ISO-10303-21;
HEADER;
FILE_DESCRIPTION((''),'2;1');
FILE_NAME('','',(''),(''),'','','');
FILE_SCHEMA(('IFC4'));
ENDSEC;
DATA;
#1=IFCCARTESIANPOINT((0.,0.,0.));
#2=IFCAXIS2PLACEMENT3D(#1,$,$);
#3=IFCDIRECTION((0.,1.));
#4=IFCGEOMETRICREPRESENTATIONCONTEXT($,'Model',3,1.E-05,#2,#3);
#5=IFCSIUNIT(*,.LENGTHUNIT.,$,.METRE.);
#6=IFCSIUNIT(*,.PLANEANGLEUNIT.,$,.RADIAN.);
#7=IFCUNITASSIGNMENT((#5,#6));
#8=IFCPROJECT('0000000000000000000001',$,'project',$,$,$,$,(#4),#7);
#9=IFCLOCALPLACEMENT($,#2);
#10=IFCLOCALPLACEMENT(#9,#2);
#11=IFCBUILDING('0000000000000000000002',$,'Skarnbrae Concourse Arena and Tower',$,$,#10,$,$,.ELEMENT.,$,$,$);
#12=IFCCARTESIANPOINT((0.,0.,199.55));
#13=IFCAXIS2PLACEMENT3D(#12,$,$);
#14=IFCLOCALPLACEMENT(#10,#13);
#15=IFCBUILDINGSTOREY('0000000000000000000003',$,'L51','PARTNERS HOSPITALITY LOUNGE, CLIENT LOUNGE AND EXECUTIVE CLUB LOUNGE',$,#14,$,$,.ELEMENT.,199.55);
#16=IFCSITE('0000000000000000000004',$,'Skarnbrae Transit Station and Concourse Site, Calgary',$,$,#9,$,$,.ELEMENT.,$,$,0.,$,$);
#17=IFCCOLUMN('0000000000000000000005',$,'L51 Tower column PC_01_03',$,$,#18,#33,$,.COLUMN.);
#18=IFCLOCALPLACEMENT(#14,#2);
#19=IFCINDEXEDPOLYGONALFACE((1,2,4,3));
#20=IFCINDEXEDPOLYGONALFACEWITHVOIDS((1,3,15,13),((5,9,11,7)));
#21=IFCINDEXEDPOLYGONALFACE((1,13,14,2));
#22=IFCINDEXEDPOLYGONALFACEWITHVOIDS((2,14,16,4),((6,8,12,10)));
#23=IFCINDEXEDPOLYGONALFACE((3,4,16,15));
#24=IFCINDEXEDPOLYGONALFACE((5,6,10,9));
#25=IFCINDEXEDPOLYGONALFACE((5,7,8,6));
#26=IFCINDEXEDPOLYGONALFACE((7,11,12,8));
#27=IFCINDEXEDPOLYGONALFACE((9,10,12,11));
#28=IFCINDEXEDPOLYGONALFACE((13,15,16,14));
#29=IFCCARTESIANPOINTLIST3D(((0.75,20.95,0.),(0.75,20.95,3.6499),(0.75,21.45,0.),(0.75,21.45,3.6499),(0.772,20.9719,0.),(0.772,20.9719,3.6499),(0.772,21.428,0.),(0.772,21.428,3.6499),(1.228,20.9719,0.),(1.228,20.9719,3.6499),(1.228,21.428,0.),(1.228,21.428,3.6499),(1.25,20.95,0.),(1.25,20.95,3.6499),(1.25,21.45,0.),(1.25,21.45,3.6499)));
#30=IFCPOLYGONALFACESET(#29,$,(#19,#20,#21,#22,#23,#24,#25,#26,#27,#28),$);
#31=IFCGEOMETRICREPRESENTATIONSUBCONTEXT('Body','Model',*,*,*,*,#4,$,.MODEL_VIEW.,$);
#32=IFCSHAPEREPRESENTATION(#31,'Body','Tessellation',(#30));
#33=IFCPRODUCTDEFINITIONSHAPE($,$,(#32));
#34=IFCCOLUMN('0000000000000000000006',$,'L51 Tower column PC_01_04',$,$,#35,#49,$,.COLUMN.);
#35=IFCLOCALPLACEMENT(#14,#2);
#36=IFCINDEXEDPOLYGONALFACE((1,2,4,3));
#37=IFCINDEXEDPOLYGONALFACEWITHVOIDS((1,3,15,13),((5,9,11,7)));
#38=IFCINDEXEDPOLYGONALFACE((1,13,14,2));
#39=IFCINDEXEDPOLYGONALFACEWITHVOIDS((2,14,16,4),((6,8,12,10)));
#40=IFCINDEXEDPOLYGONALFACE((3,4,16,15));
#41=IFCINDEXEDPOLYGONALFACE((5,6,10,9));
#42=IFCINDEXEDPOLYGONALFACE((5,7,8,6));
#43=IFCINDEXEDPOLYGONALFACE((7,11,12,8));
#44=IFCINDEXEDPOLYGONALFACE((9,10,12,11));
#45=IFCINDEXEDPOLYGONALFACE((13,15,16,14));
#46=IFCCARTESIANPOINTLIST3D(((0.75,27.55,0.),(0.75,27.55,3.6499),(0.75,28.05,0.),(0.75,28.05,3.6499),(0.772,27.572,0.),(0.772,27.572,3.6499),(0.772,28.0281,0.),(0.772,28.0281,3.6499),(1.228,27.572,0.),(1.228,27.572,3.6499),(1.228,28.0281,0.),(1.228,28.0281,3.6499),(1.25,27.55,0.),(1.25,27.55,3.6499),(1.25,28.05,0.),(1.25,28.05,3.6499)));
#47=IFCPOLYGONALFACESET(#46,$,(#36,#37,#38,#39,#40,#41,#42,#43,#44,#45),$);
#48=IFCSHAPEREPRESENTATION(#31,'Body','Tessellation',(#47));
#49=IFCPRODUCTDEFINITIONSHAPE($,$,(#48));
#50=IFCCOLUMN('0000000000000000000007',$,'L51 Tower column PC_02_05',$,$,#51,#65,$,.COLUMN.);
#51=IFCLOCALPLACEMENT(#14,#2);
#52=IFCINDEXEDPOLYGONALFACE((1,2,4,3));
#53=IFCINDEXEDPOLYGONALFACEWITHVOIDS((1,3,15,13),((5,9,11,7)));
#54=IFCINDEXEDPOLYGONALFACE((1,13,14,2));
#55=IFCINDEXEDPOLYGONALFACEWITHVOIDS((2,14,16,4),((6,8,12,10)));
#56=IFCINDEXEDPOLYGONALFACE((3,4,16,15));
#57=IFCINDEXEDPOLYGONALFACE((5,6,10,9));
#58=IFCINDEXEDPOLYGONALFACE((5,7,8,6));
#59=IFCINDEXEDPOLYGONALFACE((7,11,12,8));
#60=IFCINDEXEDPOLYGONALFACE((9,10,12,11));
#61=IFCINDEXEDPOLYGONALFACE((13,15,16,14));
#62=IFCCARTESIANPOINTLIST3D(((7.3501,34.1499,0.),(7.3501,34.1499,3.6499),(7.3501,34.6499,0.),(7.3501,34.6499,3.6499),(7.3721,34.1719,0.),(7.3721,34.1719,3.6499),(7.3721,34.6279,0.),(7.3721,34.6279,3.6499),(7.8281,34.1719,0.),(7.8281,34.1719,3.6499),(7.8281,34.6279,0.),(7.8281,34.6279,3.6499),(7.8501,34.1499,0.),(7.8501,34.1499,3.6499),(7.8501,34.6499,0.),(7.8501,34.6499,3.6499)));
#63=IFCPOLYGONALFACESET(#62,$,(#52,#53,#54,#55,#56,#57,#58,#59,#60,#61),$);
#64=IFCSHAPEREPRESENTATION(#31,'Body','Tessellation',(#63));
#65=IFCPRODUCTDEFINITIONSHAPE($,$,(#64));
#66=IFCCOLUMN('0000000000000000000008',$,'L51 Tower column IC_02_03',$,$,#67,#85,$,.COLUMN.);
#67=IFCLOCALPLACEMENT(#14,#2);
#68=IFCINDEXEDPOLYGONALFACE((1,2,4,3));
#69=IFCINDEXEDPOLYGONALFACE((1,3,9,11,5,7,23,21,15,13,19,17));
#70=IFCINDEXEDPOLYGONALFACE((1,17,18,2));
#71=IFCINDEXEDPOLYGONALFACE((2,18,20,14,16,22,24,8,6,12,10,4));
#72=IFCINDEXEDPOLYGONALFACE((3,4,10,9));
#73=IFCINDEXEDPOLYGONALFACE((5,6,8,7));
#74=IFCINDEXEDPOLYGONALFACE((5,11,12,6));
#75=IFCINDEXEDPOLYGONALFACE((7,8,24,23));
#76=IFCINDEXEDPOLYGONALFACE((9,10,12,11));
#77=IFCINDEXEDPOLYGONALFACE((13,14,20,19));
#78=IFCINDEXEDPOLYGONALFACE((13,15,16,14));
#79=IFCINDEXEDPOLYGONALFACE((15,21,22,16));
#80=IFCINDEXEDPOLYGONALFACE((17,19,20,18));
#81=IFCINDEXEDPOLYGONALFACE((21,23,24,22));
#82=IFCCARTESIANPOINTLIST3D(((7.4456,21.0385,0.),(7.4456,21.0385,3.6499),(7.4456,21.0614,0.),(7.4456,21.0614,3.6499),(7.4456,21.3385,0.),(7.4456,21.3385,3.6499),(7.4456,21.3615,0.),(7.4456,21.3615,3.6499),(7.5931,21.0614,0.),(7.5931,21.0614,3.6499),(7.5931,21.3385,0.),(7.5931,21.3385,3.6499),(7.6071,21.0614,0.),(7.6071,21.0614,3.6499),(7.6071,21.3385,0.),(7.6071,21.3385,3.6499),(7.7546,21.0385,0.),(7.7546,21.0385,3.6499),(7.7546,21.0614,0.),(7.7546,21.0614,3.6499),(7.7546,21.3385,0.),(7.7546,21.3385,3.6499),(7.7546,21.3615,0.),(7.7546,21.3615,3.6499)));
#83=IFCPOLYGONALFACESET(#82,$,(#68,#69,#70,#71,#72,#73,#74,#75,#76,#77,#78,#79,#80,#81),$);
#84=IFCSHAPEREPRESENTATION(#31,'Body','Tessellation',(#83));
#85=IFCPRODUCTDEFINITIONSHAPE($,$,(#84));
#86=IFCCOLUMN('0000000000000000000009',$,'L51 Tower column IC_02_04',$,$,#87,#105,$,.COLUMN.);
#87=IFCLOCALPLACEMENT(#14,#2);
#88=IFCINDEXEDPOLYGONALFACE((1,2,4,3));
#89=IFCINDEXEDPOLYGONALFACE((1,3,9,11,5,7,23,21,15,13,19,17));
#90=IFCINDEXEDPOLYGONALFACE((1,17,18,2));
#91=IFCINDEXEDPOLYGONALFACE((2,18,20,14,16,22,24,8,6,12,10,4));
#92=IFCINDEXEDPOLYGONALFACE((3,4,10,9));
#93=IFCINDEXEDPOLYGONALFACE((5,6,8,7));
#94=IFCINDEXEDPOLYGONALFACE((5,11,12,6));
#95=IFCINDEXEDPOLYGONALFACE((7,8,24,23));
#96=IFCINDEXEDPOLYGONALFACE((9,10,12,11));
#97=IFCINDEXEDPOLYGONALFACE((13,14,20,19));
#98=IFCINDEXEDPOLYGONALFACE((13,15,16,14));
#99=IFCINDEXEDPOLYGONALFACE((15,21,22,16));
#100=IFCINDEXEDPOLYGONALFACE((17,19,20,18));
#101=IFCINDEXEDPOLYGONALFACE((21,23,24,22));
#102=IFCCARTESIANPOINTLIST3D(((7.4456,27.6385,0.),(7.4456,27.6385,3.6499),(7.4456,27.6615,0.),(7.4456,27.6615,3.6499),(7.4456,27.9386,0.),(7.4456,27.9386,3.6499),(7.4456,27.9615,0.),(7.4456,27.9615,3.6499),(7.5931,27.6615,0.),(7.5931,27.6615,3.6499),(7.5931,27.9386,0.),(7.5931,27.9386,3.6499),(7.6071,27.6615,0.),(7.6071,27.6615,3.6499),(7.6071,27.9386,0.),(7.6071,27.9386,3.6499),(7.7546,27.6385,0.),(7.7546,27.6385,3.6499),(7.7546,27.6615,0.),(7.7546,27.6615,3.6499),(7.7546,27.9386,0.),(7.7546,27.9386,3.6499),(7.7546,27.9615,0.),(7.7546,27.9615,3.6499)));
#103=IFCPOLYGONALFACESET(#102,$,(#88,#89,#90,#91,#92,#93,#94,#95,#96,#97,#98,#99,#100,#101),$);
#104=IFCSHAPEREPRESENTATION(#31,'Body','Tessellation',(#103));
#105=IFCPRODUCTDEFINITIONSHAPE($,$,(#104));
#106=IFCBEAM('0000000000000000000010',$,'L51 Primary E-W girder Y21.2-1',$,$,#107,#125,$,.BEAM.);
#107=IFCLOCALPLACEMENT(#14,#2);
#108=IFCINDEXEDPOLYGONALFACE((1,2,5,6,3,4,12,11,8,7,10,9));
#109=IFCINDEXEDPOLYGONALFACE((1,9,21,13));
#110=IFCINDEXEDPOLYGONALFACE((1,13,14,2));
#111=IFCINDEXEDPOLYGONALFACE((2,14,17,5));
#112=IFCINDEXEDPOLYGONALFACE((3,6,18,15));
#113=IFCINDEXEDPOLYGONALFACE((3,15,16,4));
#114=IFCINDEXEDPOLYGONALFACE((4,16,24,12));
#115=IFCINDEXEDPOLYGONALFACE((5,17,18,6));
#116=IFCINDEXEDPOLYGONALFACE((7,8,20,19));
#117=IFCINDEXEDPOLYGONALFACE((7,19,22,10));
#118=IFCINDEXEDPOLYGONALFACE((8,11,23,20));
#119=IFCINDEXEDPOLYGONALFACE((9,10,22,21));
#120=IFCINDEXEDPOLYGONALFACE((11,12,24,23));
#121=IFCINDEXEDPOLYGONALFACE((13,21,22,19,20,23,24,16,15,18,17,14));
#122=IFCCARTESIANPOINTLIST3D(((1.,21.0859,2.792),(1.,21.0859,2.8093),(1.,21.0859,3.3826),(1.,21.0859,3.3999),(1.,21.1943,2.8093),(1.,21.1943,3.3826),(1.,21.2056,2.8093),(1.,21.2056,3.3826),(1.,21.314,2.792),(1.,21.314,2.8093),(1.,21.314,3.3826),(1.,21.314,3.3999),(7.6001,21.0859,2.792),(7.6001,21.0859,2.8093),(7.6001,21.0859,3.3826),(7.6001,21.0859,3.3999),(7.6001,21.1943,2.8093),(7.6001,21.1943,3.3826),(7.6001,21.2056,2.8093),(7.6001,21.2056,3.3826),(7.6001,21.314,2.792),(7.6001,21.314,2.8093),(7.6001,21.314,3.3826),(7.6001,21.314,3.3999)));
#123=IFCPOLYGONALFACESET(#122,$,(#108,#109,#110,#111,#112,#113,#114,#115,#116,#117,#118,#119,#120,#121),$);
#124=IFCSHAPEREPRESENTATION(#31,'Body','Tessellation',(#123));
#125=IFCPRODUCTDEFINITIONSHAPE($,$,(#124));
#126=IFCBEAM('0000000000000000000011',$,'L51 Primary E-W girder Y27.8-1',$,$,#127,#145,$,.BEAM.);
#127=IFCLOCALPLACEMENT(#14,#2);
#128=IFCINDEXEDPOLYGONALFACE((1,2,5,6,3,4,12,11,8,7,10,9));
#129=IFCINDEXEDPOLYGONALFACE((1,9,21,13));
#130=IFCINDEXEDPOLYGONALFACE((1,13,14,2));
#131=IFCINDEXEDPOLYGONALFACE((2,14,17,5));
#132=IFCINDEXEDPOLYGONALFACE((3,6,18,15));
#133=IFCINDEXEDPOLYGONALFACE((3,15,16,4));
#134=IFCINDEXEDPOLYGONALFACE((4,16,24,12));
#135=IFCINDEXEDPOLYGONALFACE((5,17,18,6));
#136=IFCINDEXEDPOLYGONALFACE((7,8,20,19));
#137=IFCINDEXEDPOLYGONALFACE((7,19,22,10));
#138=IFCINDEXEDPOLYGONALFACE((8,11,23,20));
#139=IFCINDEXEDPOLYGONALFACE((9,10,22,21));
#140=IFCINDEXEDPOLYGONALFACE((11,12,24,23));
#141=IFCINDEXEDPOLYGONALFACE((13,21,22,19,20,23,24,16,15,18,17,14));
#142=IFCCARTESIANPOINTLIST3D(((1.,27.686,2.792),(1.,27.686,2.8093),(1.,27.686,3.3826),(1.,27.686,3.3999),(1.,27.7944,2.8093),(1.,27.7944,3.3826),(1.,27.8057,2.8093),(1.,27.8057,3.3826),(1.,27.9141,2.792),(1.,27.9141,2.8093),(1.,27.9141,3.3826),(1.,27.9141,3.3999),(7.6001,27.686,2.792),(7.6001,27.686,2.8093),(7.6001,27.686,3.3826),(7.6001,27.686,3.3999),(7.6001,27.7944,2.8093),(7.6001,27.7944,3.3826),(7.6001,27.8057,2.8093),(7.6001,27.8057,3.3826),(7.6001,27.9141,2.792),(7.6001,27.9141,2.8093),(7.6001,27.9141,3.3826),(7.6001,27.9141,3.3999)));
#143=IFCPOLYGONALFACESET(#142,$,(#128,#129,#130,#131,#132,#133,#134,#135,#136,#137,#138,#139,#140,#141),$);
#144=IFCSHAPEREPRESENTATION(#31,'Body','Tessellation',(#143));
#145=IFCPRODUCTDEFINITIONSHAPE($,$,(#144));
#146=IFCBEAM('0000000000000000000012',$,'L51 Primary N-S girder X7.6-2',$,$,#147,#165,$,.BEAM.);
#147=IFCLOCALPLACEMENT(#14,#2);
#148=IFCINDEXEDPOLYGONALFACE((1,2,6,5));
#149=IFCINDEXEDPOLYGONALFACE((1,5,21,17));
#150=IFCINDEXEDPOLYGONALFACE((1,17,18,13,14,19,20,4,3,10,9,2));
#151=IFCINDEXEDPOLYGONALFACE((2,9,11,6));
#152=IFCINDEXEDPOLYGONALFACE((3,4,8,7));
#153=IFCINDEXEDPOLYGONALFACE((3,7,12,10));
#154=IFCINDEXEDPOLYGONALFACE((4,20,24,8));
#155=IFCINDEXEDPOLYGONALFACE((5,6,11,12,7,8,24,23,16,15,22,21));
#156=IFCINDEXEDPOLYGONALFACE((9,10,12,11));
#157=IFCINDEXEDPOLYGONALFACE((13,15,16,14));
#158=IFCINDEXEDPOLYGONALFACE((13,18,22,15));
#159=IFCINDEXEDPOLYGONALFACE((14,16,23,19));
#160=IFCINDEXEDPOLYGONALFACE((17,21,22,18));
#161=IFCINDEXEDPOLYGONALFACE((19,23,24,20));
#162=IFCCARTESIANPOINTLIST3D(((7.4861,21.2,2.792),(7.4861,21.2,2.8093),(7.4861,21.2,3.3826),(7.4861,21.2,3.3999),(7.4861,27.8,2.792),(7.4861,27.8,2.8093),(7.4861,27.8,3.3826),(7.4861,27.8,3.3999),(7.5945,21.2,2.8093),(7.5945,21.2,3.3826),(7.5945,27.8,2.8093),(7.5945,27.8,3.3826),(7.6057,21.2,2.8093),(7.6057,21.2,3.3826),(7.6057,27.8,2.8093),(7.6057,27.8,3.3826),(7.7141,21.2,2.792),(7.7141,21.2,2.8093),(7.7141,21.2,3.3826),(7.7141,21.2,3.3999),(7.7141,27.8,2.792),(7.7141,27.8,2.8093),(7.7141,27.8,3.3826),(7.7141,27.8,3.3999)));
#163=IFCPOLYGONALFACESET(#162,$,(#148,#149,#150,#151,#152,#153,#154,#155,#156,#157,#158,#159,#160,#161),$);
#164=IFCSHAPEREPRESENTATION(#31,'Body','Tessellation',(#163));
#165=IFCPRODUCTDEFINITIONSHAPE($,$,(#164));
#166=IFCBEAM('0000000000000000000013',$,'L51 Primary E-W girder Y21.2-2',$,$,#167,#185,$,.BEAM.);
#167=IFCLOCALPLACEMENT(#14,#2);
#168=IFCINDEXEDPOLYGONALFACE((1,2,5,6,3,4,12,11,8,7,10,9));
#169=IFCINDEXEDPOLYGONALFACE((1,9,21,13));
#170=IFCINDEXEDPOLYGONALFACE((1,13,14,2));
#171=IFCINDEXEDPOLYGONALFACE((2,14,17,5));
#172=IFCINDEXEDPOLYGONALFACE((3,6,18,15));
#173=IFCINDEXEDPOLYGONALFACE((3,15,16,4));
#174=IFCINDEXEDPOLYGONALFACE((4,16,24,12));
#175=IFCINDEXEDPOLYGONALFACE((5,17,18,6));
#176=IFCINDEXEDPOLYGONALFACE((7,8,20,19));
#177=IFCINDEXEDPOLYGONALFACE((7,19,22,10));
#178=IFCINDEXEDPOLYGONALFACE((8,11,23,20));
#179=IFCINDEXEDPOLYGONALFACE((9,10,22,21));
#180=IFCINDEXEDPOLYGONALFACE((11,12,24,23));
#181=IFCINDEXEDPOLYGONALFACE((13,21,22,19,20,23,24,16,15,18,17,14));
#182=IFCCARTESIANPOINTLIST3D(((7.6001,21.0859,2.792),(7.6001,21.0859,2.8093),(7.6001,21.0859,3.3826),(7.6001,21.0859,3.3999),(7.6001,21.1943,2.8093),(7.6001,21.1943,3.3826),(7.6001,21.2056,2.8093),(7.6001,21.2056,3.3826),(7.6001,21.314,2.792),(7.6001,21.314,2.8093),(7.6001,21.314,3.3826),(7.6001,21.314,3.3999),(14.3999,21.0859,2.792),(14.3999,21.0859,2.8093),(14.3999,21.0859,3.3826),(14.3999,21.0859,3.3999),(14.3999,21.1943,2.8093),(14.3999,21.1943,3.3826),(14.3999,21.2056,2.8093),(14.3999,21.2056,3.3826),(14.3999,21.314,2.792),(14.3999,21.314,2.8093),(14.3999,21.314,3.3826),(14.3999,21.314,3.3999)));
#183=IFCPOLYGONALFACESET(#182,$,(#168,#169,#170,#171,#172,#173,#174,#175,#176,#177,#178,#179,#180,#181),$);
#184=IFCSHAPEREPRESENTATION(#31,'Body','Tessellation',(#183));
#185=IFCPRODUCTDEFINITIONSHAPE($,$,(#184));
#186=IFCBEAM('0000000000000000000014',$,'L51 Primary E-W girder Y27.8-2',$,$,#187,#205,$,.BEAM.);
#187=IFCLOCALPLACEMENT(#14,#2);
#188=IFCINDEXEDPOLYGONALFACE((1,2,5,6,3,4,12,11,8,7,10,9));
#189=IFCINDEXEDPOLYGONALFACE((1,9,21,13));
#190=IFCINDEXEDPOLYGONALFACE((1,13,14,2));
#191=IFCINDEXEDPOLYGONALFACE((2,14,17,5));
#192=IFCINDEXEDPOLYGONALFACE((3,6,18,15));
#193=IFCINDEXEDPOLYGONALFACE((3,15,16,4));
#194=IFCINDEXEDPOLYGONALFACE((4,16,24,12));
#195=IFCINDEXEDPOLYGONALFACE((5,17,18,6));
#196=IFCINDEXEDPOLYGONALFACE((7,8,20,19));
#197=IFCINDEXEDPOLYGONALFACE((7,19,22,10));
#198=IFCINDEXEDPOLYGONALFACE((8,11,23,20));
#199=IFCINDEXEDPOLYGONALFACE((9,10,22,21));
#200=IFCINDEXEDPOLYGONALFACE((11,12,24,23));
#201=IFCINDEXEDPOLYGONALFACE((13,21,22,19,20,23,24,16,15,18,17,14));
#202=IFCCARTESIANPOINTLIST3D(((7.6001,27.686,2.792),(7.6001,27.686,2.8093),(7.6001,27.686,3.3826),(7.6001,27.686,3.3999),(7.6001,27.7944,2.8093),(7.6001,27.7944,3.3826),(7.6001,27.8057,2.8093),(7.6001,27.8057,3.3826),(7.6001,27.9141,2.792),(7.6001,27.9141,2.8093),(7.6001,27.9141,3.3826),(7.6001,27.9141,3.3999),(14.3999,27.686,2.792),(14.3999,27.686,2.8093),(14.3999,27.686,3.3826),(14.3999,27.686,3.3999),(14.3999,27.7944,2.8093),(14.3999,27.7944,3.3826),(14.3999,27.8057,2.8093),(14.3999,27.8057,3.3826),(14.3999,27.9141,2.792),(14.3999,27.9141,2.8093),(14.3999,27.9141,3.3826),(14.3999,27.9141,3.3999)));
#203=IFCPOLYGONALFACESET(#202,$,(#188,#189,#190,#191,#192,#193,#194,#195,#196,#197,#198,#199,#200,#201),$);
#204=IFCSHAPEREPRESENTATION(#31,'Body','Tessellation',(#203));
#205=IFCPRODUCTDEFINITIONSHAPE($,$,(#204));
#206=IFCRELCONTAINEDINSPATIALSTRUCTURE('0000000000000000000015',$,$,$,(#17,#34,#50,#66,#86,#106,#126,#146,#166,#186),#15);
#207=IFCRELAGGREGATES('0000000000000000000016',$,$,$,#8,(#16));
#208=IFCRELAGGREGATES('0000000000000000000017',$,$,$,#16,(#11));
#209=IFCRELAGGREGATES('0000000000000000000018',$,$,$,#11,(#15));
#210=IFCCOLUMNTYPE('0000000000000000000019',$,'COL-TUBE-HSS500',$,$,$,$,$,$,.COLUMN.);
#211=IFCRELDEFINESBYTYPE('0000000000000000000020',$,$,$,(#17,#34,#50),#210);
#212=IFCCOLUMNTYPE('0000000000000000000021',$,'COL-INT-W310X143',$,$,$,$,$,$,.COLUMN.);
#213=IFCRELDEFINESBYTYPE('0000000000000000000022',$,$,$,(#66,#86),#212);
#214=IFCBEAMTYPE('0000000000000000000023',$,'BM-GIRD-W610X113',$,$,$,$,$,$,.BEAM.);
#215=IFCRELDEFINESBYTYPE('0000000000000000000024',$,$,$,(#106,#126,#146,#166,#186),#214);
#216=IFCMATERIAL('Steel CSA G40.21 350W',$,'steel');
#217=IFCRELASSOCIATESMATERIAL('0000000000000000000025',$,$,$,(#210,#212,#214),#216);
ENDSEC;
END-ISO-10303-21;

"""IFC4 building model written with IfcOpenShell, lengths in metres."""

from ifc_helpers import new_model, si_unit, direction, frame, origin, origin_2d, place, context, subcontext, project, spatial, hollow_rectangle, i_section, extrude, source, transform, mapped, material, material_profile, profile_set, type_object, element, save


model = new_model("IFC4")

# Units and contexts
model_context = context("Model", 3, precision=1e-05, world=origin(), true_north=direction((0.0, 1.0)))
body_context = subcontext(model_context, "Body", "Model", "MODEL_VIEW")
ifc_project = project(units=[si_unit("LENGTHUNIT", "METRE"), si_unit("PLANEANGLEUNIT", "RADIAN")], contexts=[model_context])

# Site, building, storey
site_placement = place(None, origin())
site = spatial("IfcSite", under=ifc_project, at=site_placement, Name="Skarnbrae Transit Station and Concourse Site, Calgary", CompositionType="ELEMENT", RefElevation=0.0)
building_placement = place(site_placement, origin())
building = spatial("IfcBuilding", under=site, at=building_placement, Name="Skarnbrae Concourse Arena and Tower", CompositionType="ELEMENT")
storey_placement = place(building_placement, frame((0.0, 0.0, 199.55)))
storey = spatial("IfcBuildingStorey", under=building, at=storey_placement, Name="L51", Description="PARTNERS HOSPITALITY LOUNGE, CLIENT LOUNGE AND EXECUTIVE CLUB LOUNGE", CompositionType="ELEMENT", Elevation=199.55)

# Columns
ifc_material_1 = material(Name="Steel CSA G40.21 350W", Category="steel")
ifc_material_profile_1 = material_profile(ifc_material_1, hollow_rectangle(XDim=0.5, YDim=0.5, WallThickness=0.022, at=origin_2d()), Name="HSS500X500X22.0")
ifc_profile_set_1 = profile_set([ifc_material_profile_1], Name="Steel CSA G40.21 350W")
column_type_1 = type_object("IfcColumnType", Name="COL-TUBE-HSS500", PredefinedType="COLUMN", material=ifc_profile_set_1)
shared_shape_1 = source(origin(), body_context, "Body", "SweptSolid", [
    extrude(hollow_rectangle(XDim=0.5, YDim=0.5, WallThickness=0.022, at=origin_2d()), origin(), (0.0, 0.0, 1.0), 3.6499),
])
for number, where, z_axis, x_axis, name in (
    (1, (1.0, 21.2, 0.0), (0.0, 0.0, 1.0), (1.0, 0.0, 0.0), "L51 Tower column PC_01_03"),
    (2, (1.0, 27.8, 0.0), (0.0, 0.0, 1.0), (1.0, 0.0, 0.0), "L51 Tower column PC_01_04"),
    (3, (7.6001, 34.3999, 0.0), (0.0, 0.0, 1.0), (1.0, 0.0, 0.0), "L51 Tower column PC_02_05"),
):
    element("IfcColumn", number, at=place(storey_placement, frame(where, z_axis=z_axis, x_axis=x_axis)), inside=storey, type_object=column_type_1, Name=name, PredefinedType="COLUMN", context=body_context, shape_type="MappedRepresentation", body=[
        mapped(shared_shape_1, transform((0.0, 0.0, 0.0))),
    ])
ifc_material_profile_2 = material_profile(ifc_material_1, i_section(OverallWidth=0.3091, OverallDepth=0.323, WebThickness=0.0139, FlangeThickness=0.0229, at=origin_2d()), Name="W310X143")
ifc_profile_set_2 = profile_set([ifc_material_profile_2], Name="Steel CSA G40.21 350W")
column_type_2 = type_object("IfcColumnType", Name="COL-INT-W310X143", PredefinedType="COLUMN", material=ifc_profile_set_2)
shared_shape_2 = source(origin(), body_context, "Body", "SweptSolid", [
    extrude(i_section(OverallWidth=0.3091, OverallDepth=0.323, WebThickness=0.0139, FlangeThickness=0.0229, at=origin_2d()), origin(), (0.0, 0.0, 1.0), 3.6499),
])
for number, where, z_axis, x_axis, name in (
    (4, (7.6001, 21.2, 0.0), (0.0, 0.0, 1.0), (1.0, 0.0, 0.0), "L51 Tower column IC_02_03"),
    (5, (7.6001, 27.8, 0.0), (0.0, 0.0, 1.0), (1.0, 0.0, 0.0), "L51 Tower column IC_02_04"),
):
    element("IfcColumn", number, at=place(storey_placement, frame(where, z_axis=z_axis, x_axis=x_axis)), inside=storey, type_object=column_type_2, Name=name, PredefinedType="COLUMN", context=body_context, shape_type="MappedRepresentation", body=[
        mapped(shared_shape_2, transform((0.0, 0.0, 0.0))),
    ])

# Beams
ifc_material_profile_3 = material_profile(ifc_material_1, i_section(OverallWidth=0.228, OverallDepth=0.6079, WebThickness=0.0112, FlangeThickness=0.0173, at=origin_2d()), Name="W610X113")
ifc_profile_set_3 = profile_set([ifc_material_profile_3], Name="Steel CSA G40.21 350W")
beam_type_1 = type_object("IfcBeamType", Name="BM-GIRD-W610X113", PredefinedType="BEAM", material=ifc_profile_set_3)
shared_shape_3 = source(origin(), body_context, "Body", "SweptSolid", [
    extrude(i_section(OverallWidth=0.228, OverallDepth=0.6079, WebThickness=0.0112, FlangeThickness=0.0173, at=origin_2d()), origin(), (0.0, 0.0, 1.0), 6.6001),
])
for number, where, z_axis, x_axis, name in (
    (6, (1.0, 21.2, 3.0959), (1.0, 0.0, 0.0), (0.0, 1.0, 0.0), "L51 Primary E-W girder Y21.2-1"),
    (7, (1.0, 27.8, 3.0959), (1.0, 0.0, 0.0), (0.0, 1.0, 0.0), "L51 Primary E-W girder Y27.8-1"),
    (8, (7.6001, 21.2, 3.0959), (0.0, 1.0, 0.0), (-1.0, 0.0, 0.0), "L51 Primary N-S girder X7.6-2"),
):
    element("IfcBeam", number, at=place(storey_placement, frame(where, z_axis=z_axis, x_axis=x_axis)), inside=storey, type_object=beam_type_1, Name=name, PredefinedType="BEAM", context=body_context, shape_type="MappedRepresentation", body=[
        mapped(shared_shape_3, transform((0.0, 0.0, 0.0))),
    ])
shared_shape_4 = source(origin(), body_context, "Body", "SweptSolid", [
    extrude(i_section(OverallWidth=0.228, OverallDepth=0.6079, WebThickness=0.0112, FlangeThickness=0.0173, at=origin_2d()), origin(), (0.0, 0.0, 1.0), 6.7998),
])
for number, where, z_axis, x_axis, name in (
    (9, (7.6001, 21.2, 3.0959), (1.0, 0.0, 0.0), (0.0, 1.0, 0.0), "L51 Primary E-W girder Y21.2-2"),
    (10, (7.6001, 27.8, 3.0959), (1.0, 0.0, 0.0), (0.0, 1.0, 0.0), "L51 Primary E-W girder Y27.8-2"),
):
    element("IfcBeam", number, at=place(storey_placement, frame(where, z_axis=z_axis, x_axis=x_axis)), inside=storey, type_object=beam_type_1, Name=name, PredefinedType="BEAM", context=body_context, shape_type="MappedRepresentation", body=[
        mapped(shared_shape_4, transform((0.0, 0.0, 0.0))),
    ])

save(model, "model.ifc")
